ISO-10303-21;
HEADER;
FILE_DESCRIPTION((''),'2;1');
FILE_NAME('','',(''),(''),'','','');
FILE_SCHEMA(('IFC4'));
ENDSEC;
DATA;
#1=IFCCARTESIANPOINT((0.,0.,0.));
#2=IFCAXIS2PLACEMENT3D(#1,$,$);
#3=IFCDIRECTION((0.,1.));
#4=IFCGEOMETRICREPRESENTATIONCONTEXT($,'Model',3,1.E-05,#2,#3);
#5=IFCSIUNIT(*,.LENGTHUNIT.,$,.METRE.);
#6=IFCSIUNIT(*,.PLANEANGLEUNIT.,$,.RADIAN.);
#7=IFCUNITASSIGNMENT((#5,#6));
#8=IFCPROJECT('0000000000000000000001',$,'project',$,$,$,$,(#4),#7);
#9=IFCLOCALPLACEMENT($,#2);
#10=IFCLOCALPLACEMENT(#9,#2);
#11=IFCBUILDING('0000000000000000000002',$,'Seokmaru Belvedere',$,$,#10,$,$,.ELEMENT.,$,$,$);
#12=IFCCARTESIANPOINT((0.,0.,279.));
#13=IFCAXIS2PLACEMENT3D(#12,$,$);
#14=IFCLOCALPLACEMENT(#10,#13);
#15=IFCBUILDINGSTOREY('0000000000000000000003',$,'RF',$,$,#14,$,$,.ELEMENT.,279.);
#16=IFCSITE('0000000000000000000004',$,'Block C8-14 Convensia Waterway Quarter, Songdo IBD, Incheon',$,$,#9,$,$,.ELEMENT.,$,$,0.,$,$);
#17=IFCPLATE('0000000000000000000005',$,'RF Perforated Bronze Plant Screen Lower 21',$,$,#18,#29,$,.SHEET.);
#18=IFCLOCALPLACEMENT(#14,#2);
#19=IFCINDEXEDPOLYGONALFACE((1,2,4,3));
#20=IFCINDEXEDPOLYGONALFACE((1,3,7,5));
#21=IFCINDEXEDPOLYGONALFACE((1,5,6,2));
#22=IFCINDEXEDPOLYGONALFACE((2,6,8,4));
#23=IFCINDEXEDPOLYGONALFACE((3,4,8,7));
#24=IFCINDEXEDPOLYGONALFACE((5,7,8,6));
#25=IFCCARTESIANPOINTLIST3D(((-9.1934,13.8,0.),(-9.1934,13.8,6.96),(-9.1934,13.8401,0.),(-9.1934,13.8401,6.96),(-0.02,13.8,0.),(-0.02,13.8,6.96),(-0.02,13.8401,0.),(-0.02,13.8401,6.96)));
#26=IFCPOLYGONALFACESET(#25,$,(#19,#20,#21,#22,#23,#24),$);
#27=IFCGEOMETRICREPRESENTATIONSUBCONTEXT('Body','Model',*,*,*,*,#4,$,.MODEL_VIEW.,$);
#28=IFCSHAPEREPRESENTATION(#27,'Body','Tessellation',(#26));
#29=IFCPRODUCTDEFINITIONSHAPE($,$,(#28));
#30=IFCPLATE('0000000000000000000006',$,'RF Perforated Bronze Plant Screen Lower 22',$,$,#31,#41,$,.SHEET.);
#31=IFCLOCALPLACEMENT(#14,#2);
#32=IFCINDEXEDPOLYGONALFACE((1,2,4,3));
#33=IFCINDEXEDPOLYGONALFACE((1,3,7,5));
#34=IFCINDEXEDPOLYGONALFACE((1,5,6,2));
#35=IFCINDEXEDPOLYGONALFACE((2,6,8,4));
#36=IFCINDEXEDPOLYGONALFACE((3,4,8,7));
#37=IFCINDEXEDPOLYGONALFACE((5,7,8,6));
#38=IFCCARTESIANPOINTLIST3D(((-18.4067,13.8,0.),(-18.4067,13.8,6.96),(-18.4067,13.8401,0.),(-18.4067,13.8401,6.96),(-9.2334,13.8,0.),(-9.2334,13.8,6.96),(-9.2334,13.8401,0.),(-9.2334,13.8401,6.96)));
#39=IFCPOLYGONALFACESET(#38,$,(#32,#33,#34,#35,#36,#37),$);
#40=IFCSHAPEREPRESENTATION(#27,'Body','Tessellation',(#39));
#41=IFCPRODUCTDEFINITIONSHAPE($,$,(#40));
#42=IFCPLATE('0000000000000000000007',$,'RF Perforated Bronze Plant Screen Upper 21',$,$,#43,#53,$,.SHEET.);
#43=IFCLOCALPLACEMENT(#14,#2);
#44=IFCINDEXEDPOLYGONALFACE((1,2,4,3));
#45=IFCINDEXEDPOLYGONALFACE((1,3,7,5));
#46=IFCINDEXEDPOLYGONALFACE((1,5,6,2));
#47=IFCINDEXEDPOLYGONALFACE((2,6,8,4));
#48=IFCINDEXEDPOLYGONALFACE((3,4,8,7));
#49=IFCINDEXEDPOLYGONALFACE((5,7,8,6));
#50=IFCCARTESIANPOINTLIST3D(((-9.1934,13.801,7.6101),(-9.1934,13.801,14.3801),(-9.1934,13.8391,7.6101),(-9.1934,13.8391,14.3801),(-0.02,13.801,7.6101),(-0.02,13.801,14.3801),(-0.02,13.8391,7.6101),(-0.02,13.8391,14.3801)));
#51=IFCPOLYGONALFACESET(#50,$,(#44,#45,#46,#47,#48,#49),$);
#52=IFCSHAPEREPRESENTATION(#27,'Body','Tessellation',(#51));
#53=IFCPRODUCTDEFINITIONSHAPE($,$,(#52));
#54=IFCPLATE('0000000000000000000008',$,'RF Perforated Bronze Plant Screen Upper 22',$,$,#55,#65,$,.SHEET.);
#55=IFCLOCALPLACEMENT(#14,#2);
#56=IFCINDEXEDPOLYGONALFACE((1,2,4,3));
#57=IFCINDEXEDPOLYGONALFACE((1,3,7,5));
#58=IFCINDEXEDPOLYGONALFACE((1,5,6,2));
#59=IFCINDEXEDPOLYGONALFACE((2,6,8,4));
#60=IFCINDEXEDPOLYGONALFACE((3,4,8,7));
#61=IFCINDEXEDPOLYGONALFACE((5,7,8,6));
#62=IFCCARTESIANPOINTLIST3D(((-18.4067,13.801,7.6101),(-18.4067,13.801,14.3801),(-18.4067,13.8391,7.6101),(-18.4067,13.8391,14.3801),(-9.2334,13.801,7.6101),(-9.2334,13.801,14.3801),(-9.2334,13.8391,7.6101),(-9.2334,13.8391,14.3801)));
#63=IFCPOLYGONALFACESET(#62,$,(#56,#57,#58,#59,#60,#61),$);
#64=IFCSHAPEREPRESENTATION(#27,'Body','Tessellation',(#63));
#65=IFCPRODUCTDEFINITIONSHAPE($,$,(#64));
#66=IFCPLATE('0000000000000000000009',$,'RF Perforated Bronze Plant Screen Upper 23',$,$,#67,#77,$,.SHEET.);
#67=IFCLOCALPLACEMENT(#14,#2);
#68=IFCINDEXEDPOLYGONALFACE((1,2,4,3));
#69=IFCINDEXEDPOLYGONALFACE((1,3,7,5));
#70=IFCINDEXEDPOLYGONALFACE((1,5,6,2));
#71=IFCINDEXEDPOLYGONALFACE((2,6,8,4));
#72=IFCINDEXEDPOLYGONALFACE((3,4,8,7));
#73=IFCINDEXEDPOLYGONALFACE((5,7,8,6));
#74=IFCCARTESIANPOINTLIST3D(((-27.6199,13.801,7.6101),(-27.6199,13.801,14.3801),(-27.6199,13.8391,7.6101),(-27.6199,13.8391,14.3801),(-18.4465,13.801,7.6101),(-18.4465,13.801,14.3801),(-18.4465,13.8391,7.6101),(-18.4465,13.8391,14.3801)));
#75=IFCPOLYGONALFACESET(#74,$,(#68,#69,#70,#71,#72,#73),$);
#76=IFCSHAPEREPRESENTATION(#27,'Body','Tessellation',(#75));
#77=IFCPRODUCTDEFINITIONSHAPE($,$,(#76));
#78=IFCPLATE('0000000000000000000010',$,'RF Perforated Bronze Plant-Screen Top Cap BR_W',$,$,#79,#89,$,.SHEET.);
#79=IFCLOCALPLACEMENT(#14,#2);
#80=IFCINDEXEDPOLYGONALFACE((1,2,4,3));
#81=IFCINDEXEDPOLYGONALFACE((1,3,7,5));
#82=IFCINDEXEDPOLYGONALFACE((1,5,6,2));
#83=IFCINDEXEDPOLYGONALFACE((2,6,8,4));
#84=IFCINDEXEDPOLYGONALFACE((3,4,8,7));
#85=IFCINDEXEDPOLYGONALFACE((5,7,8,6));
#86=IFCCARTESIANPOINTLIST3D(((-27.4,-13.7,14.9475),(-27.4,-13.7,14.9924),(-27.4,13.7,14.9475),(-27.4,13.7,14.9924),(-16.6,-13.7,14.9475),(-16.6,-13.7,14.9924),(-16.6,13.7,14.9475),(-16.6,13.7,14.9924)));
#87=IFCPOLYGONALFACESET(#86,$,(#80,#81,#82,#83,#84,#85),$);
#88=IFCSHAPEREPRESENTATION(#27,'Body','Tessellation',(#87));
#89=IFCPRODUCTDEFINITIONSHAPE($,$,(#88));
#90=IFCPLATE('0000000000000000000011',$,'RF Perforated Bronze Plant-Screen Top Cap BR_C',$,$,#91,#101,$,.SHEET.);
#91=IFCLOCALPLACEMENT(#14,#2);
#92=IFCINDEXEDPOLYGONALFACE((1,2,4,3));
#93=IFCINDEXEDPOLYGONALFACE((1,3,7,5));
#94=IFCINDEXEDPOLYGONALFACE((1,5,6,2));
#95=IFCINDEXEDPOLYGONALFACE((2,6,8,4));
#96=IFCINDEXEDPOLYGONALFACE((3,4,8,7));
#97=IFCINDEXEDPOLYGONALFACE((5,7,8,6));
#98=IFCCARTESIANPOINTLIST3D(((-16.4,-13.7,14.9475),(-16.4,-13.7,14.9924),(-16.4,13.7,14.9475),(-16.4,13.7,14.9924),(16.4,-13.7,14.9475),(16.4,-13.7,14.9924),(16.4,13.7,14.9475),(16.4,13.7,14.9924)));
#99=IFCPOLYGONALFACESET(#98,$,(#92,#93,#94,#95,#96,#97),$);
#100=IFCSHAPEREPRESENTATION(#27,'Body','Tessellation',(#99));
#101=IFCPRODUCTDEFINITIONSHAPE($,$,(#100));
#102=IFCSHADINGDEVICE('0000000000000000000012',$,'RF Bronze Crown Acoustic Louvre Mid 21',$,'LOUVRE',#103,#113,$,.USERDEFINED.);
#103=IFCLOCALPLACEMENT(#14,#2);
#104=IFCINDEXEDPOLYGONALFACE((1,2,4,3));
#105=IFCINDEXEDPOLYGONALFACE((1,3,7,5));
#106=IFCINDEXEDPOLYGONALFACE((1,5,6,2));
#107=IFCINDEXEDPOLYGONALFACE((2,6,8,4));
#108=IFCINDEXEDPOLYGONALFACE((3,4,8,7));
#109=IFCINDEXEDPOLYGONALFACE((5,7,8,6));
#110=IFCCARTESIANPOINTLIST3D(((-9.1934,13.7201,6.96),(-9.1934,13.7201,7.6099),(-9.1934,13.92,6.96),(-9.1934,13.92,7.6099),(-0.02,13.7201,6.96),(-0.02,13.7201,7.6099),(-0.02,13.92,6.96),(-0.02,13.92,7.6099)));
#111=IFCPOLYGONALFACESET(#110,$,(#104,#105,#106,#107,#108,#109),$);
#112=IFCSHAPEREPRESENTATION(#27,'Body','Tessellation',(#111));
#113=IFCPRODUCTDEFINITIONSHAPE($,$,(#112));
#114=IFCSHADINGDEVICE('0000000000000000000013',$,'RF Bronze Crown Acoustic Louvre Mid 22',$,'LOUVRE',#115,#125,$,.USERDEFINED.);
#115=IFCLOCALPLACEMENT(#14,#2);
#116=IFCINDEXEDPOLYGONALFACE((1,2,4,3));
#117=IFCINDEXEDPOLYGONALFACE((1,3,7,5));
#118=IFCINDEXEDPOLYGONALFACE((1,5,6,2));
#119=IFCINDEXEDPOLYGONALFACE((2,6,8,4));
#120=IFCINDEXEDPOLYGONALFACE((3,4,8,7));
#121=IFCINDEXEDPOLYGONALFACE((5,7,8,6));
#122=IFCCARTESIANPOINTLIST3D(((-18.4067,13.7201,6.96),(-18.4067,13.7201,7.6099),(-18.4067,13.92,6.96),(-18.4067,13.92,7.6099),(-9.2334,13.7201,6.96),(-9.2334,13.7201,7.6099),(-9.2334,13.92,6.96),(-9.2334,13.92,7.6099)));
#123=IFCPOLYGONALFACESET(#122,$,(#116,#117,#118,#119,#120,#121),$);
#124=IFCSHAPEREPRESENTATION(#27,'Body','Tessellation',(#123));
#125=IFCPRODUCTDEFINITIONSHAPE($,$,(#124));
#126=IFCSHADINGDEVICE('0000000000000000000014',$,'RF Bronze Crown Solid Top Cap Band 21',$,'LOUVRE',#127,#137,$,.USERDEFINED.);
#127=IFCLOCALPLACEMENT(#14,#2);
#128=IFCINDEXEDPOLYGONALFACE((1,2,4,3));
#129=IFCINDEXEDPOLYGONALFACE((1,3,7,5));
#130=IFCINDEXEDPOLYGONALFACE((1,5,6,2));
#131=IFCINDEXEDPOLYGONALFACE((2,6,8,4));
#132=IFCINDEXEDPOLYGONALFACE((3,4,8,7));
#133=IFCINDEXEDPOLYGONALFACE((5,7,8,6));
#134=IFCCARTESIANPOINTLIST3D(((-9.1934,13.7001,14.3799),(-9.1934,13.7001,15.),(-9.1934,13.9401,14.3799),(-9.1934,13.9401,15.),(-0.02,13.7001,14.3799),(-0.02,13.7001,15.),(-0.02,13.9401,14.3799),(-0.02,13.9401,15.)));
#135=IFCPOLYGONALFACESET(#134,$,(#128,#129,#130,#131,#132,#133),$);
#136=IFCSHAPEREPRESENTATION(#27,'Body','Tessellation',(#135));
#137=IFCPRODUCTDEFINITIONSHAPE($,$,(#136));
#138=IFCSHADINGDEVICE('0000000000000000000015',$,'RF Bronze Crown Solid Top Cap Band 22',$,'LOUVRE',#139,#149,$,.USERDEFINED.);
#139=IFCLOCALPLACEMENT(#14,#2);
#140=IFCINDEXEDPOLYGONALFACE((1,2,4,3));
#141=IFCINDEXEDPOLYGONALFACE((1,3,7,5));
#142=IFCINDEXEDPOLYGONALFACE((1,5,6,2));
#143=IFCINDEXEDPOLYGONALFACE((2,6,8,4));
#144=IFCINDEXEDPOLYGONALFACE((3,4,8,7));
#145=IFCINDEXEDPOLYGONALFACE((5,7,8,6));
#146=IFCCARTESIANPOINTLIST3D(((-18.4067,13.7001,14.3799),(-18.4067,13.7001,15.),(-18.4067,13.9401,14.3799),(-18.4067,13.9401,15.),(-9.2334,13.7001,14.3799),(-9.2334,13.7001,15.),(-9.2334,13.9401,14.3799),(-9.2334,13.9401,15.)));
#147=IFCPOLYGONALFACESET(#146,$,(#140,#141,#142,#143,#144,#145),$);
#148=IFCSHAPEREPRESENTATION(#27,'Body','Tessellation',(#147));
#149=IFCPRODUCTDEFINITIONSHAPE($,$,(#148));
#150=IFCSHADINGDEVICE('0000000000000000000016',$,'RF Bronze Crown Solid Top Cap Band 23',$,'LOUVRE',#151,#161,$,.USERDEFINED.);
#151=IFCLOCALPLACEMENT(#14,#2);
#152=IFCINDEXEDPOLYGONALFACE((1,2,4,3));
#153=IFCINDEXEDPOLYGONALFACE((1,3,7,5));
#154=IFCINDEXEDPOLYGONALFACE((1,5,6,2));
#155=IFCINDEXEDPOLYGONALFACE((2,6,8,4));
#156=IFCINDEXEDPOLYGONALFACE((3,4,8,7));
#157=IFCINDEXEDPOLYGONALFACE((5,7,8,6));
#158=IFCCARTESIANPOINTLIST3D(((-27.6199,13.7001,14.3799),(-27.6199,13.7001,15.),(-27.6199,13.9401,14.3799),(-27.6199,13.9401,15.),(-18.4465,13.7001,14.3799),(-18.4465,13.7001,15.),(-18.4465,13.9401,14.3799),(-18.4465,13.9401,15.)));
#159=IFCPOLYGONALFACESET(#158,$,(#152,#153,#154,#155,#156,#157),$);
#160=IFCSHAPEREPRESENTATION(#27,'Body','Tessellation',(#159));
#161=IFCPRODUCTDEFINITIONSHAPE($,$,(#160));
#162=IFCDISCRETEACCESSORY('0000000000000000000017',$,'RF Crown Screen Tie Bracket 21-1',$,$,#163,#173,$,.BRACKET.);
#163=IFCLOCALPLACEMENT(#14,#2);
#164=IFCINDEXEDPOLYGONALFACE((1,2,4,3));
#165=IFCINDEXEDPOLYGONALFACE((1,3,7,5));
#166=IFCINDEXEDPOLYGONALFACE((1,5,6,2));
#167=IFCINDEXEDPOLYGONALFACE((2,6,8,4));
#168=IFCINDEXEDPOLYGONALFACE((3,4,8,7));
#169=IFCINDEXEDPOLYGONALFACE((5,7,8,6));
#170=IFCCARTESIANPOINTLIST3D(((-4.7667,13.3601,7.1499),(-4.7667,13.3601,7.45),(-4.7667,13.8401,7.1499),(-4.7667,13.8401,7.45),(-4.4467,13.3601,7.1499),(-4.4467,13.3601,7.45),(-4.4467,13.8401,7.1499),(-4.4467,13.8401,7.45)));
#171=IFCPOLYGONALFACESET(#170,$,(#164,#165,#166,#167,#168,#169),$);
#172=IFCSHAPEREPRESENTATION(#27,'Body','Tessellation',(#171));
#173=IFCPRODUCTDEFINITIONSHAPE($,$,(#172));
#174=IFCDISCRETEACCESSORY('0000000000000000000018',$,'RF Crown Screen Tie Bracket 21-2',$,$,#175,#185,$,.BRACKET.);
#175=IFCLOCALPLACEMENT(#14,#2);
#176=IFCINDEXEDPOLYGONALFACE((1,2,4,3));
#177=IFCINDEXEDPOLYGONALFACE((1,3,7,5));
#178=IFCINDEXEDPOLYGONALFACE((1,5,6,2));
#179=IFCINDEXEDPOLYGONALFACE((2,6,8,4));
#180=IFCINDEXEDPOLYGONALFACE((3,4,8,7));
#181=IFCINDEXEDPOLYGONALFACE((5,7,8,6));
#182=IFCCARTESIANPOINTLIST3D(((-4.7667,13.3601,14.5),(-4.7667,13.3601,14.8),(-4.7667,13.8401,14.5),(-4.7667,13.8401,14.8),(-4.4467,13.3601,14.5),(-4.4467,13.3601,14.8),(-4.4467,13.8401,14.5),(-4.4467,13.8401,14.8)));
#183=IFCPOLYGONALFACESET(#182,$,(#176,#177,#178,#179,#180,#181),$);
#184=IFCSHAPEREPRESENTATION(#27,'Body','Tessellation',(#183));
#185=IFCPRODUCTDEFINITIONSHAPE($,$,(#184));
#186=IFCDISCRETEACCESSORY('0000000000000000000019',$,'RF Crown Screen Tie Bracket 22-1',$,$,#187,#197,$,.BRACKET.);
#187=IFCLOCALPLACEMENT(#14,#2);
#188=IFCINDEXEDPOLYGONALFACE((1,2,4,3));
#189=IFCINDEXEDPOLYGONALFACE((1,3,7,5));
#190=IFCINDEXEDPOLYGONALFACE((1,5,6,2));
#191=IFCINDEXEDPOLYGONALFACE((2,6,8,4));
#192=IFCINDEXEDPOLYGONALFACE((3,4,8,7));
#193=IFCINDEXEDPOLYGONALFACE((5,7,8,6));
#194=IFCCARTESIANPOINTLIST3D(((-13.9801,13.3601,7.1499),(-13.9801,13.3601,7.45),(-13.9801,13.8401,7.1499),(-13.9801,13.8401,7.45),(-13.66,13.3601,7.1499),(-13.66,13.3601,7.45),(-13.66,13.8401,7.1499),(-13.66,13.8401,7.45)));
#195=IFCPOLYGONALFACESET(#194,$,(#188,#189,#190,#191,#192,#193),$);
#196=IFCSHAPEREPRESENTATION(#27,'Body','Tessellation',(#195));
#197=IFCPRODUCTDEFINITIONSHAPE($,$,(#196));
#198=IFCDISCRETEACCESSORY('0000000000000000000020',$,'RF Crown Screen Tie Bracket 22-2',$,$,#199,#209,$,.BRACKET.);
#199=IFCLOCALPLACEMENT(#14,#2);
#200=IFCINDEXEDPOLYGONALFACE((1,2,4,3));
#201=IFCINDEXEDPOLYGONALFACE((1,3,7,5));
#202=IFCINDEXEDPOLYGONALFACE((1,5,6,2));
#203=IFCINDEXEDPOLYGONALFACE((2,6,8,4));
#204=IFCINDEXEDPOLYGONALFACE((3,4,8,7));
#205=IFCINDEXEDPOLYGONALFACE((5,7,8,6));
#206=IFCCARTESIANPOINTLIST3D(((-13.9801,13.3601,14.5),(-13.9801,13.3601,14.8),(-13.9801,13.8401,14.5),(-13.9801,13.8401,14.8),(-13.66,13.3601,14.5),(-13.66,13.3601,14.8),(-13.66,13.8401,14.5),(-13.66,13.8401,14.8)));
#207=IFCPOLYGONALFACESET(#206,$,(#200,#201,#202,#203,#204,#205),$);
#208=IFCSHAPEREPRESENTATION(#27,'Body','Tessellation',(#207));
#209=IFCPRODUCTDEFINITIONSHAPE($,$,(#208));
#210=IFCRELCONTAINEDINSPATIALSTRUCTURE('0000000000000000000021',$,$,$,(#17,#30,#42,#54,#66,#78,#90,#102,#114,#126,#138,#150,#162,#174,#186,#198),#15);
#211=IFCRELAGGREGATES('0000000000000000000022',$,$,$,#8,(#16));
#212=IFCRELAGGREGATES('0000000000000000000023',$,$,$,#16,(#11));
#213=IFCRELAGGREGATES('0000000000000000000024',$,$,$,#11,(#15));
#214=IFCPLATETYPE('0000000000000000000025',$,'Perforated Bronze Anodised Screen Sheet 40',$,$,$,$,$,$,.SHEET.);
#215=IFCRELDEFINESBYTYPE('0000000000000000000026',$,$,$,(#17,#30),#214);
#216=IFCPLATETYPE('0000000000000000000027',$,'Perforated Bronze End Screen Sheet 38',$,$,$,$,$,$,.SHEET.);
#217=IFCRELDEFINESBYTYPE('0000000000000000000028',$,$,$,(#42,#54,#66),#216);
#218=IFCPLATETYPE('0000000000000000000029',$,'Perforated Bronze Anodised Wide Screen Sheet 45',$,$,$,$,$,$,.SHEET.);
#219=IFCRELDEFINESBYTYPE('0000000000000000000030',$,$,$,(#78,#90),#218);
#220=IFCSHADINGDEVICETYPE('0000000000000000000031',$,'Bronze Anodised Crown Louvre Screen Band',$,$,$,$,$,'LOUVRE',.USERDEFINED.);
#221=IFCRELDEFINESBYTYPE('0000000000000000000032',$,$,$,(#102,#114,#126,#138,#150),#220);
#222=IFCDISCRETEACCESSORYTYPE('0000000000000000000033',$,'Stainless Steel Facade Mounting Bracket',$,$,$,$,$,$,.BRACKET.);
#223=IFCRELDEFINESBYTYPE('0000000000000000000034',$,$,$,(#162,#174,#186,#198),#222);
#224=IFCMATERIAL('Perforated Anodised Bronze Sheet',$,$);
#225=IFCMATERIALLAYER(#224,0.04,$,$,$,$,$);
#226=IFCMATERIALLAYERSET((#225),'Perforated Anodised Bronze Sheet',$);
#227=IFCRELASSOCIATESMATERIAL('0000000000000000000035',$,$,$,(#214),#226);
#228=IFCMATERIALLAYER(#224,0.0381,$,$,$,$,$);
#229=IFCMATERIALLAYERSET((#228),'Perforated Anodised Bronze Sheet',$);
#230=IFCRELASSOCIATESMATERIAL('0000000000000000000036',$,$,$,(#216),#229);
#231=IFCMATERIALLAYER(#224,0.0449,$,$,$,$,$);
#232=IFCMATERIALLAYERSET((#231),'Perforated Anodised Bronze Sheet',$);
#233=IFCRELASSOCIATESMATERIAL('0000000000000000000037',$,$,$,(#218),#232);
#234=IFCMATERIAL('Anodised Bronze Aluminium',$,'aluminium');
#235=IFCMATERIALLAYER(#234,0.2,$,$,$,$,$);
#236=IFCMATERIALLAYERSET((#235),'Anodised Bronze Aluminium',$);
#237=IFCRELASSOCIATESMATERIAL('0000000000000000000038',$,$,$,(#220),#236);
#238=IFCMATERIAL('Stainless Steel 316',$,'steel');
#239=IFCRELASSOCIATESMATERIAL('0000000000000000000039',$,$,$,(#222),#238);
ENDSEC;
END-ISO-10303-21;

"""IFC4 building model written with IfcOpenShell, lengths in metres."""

from ifc_helpers import new_model, si_unit, direction, frame, origin, origin_2d, place, context, subcontext, project, spatial, rectangle, extrude, source, transform, mapped, material, layer, layer_set, type_object, type_shapes, element, save


model = new_model("IFC4")

# Units and contexts
model_context = context("Model", 3, precision=1e-05, world=origin(), true_north=direction((0.0, 1.0)))
body_context = subcontext(model_context, "Body", "Model", "MODEL_VIEW")
ifc_project = project(units=[si_unit("LENGTHUNIT", "METRE"), si_unit("PLANEANGLEUNIT", "RADIAN")], contexts=[model_context])

# Site, building, storey
site_placement = place(None, origin())
site = spatial("IfcSite", under=ifc_project, at=site_placement, Name="Block C8-14 Convensia Waterway Quarter, Songdo IBD, Incheon", CompositionType="ELEMENT", RefElevation=0.0)
building_placement = place(site_placement, origin())
building = spatial("IfcBuilding", under=site, at=building_placement, Name="Seokmaru Belvedere", CompositionType="ELEMENT")
storey_placement = place(building_placement, frame((0.0, 0.0, 279.0)))
storey = spatial("IfcBuildingStorey", under=building, at=storey_placement, Name="RF", CompositionType="ELEMENT", Elevation=279.0)

# Plates
ifc_material_1 = material(Name="Perforated Anodised Bronze Sheet")
ifc_layer_1 = layer(ifc_material_1, 0.04)
ifc_layer_set_1 = layer_set([ifc_layer_1], Name="Perforated Anodised Bronze Sheet")
plate_type_1 = type_object("IfcPlateType", Name="Perforated Bronze Anodised Screen Sheet 40", PredefinedType="SHEET", material=ifc_layer_set_1)
shared_shape_1 = source(origin(), body_context, "Body", "SweptSolid", [
    extrude(rectangle(XDim=9.1733, YDim=0.04, at=origin_2d()), origin(), (0.0, 0.0, 1.0), 6.96),
])
type_shapes(plate_type_1, [shared_shape_1])
for number, where, z_axis, x_axis, name in (
    (1, (-4.6067, 13.8201, 0.0), (0.0, 0.0, 1.0), (-1.0, 0.0, 0.0), "RF Perforated Bronze Plant Screen Lower 21"),
    (2, (-13.8201, 13.8201, 0.0), (0.0, 0.0, 1.0), (-1.0, 0.0, 0.0), "RF Perforated Bronze Plant Screen Lower 22"),
):
    element("IfcPlate", number, at=place(storey_placement, frame(where, z_axis=z_axis, x_axis=x_axis)), inside=storey, type_object=plate_type_1, Name=name, PredefinedType="SHEET", context=body_context, shape_type="MappedRepresentation", body=[
        mapped(shared_shape_1, transform((0.0, 0.0, 0.0), scale=1.0)),
    ])
ifc_layer_2 = layer(ifc_material_1, 0.0381)
ifc_layer_set_2 = layer_set([ifc_layer_2], Name="Perforated Anodised Bronze Sheet")
plate_type_2 = type_object("IfcPlateType", Name="Perforated Bronze End Screen Sheet 38", PredefinedType="SHEET", material=ifc_layer_set_2)
shared_shape_2 = source(origin(), body_context, "Body", "SweptSolid", [
    extrude(rectangle(XDim=9.1733, YDim=0.0381, at=origin_2d()), origin(), (0.0, 0.0, 1.0), 6.77),
])
type_shapes(plate_type_2, [shared_shape_2])
for number, where, z_axis, x_axis, name in (
    (3, (-4.6067, 13.8201, 7.6101), (0.0, 0.0, 1.0), (-1.0, 0.0, 0.0), "RF Perforated Bronze Plant Screen Upper 21"),
    (4, (-13.8201, 13.8201, 7.6101), (0.0, 0.0, 1.0), (-1.0, 0.0, 0.0), "RF Perforated Bronze Plant Screen Upper 22"),
    (5, (-23.0332, 13.8201, 7.6101), (0.0, 0.0, 1.0), (-1.0, 0.0, 0.0), "RF Perforated Bronze Plant Screen Upper 23"),
):
    element("IfcPlate", number, at=place(storey_placement, frame(where, z_axis=z_axis, x_axis=x_axis)), inside=storey, type_object=plate_type_2, Name=name, PredefinedType="SHEET", context=body_context, shape_type="MappedRepresentation", body=[
        mapped(shared_shape_2, transform((0.0, 0.0, 0.0), scale=1.0)),
    ])
ifc_layer_3 = layer(ifc_material_1, 0.0449)
ifc_layer_set_3 = layer_set([ifc_layer_3], Name="Perforated Anodised Bronze Sheet")
plate_type_3 = type_object("IfcPlateType", Name="Perforated Bronze Anodised Wide Screen Sheet 45", PredefinedType="SHEET", material=ifc_layer_set_3)
shared_shape_3 = source(origin(), body_context, "Body", "SweptSolid", [
    extrude(rectangle(XDim=10.8, YDim=27.3999, at=origin_2d()), origin(), (0.0, 0.0, 1.0), 0.0449),
])
plate_1_placement = place(storey_placement, frame((-22.0, 0.0, 14.9475), z_axis=(0.0, 0.0, 1.0), x_axis=(1.0, 0.0, 0.0)))
element("IfcPlate", 6, at=plate_1_placement, inside=storey, type_object=plate_type_3, Name="RF Perforated Bronze Plant-Screen Top Cap BR_W", PredefinedType="SHEET", context=body_context, shape_type="MappedRepresentation", body=[
    mapped(shared_shape_3, transform((0.0, 0.0, 0.0), scale=1.0)),
])
shared_shape_4 = source(origin(), body_context, "Body", "SweptSolid", [
    extrude(rectangle(XDim=32.8, YDim=27.3999, at=origin_2d()), origin(), (0.0, 0.0, 1.0), 0.0449),
])
type_shapes(plate_type_3, [shared_shape_3, shared_shape_4])
plate_2_placement = place(storey_placement, frame((0.0, 0.0, 14.9475), z_axis=(0.0, 0.0, 1.0), x_axis=(1.0, 0.0, 0.0)))
element("IfcPlate", 7, at=plate_2_placement, inside=storey, type_object=plate_type_3, Name="RF Perforated Bronze Plant-Screen Top Cap BR_C", PredefinedType="SHEET", context=body_context, shape_type="MappedRepresentation", body=[
    mapped(shared_shape_4, transform((0.0, 0.0, 0.0), scale=1.0)),
])

# Shading devices
ifc_material_2 = material(Name="Anodised Bronze Aluminium", Category="aluminium")
ifc_layer_4 = layer(ifc_material_2, 0.2)
ifc_layer_set_4 = layer_set([ifc_layer_4], Name="Anodised Bronze Aluminium")
shading_device_type = type_object("IfcShadingDeviceType", Name="Bronze Anodised Crown Louvre Screen Band", ElementType="LOUVRE", PredefinedType="USERDEFINED", material=ifc_layer_set_4)
shared_shape_5 = source(origin(), body_context, "Body", "SweptSolid", [
    extrude(rectangle(XDim=9.1733, YDim=0.2, at=origin_2d()), origin(), (0.0, 0.0, 1.0), 0.6499),
])
for number, where, z_axis, x_axis, name in (
    (8, (-4.6067, 13.8201, 6.96), (0.0, 0.0, 1.0), (-1.0, 0.0, 0.0), "RF Bronze Crown Acoustic Louvre Mid 21"),
    (9, (-13.8201, 13.8201, 6.96), (0.0, 0.0, 1.0), (-1.0, 0.0, 0.0), "RF Bronze Crown Acoustic Louvre Mid 22"),
):
    element("IfcShadingDevice", number, at=place(storey_placement, frame(where, z_axis=z_axis, x_axis=x_axis)), inside=storey, type_object=shading_device_type, Name=name, ObjectType="LOUVRE", PredefinedType="USERDEFINED", context=body_context, shape_type="MappedRepresentation", body=[
        mapped(shared_shape_5, transform((0.0, 0.0, 0.0), scale=1.0)),
    ])
shared_shape_6 = source(origin(), body_context, "Body", "SweptSolid", [
    extrude(rectangle(XDim=9.1733, YDim=0.24, at=origin_2d()), origin(), (0.0, 0.0, 1.0), 0.6201),
])
type_shapes(shading_device_type, [shared_shape_5, shared_shape_6])
for number, where, z_axis, x_axis, name in (
    (10, (-4.6067, 13.8201, 14.3799), (0.0, 0.0, 1.0), (-1.0, 0.0, 0.0), "RF Bronze Crown Solid Top Cap Band 21"),
    (11, (-13.8201, 13.8201, 14.3799), (0.0, 0.0, 1.0), (-1.0, 0.0, 0.0), "RF Bronze Crown Solid Top Cap Band 22"),
    (12, (-23.0332, 13.8201, 14.3799), (0.0, 0.0, 1.0), (-1.0, 0.0, 0.0), "RF Bronze Crown Solid Top Cap Band 23"),
):
    element("IfcShadingDevice", number, at=place(storey_placement, frame(where, z_axis=z_axis, x_axis=x_axis)), inside=storey, type_object=shading_device_type, Name=name, ObjectType="LOUVRE", PredefinedType="USERDEFINED", context=body_context, shape_type="MappedRepresentation", body=[
        mapped(shared_shape_6, transform((0.0, 0.0, 0.0), scale=1.0)),
    ])

# Discrete accessories
ifc_material_3 = material(Name="Stainless Steel 316", Category="steel")
discrete_accessory_type_1 = type_object("IfcDiscreteAccessoryType", Name="Stainless Steel Facade Mounting Bracket", PredefinedType="BRACKET", material=ifc_material_3)
shared_shape_7 = source(origin(), body_context, "Body", "SweptSolid", [
    extrude(rectangle(XDim=0.3201, YDim=0.48, at=origin_2d()), origin(), (0.0, 0.0, 1.0), 0.3),
])
type_shapes(discrete_accessory_type_1, [shared_shape_7])
for number, where, z_axis, x_axis, name in (
    (13, (-4.6067, 13.6001, 7.1499), (0.0, 0.0, 1.0), (-1.0, 0.0, 0.0), "RF Crown Screen Tie Bracket 21-1"),
    (14, (-4.6067, 13.6001, 14.5), (0.0, 0.0, 1.0), (-1.0, 0.0, 0.0), "RF Crown Screen Tie Bracket 21-2"),
    (15, (-13.8201, 13.6001, 7.1499), (0.0, 0.0, 1.0), (-1.0, 0.0, 0.0), "RF Crown Screen Tie Bracket 22-1"),
    (16, (-13.8201, 13.6001, 14.5), (0.0, 0.0, 1.0), (-1.0, 0.0, 0.0), "RF Crown Screen Tie Bracket 22-2"),
):
    element("IfcDiscreteAccessory", number, at=place(storey_placement, frame(where, z_axis=z_axis, x_axis=x_axis)), inside=storey, type_object=discrete_accessory_type_1, Name=name, PredefinedType="BRACKET", context=body_context, shape_type="MappedRepresentation", body=[
        mapped(shared_shape_7, transform((0.0, 0.0, 0.0), scale=1.0)),
    ])

save(model, "model.ifc")
